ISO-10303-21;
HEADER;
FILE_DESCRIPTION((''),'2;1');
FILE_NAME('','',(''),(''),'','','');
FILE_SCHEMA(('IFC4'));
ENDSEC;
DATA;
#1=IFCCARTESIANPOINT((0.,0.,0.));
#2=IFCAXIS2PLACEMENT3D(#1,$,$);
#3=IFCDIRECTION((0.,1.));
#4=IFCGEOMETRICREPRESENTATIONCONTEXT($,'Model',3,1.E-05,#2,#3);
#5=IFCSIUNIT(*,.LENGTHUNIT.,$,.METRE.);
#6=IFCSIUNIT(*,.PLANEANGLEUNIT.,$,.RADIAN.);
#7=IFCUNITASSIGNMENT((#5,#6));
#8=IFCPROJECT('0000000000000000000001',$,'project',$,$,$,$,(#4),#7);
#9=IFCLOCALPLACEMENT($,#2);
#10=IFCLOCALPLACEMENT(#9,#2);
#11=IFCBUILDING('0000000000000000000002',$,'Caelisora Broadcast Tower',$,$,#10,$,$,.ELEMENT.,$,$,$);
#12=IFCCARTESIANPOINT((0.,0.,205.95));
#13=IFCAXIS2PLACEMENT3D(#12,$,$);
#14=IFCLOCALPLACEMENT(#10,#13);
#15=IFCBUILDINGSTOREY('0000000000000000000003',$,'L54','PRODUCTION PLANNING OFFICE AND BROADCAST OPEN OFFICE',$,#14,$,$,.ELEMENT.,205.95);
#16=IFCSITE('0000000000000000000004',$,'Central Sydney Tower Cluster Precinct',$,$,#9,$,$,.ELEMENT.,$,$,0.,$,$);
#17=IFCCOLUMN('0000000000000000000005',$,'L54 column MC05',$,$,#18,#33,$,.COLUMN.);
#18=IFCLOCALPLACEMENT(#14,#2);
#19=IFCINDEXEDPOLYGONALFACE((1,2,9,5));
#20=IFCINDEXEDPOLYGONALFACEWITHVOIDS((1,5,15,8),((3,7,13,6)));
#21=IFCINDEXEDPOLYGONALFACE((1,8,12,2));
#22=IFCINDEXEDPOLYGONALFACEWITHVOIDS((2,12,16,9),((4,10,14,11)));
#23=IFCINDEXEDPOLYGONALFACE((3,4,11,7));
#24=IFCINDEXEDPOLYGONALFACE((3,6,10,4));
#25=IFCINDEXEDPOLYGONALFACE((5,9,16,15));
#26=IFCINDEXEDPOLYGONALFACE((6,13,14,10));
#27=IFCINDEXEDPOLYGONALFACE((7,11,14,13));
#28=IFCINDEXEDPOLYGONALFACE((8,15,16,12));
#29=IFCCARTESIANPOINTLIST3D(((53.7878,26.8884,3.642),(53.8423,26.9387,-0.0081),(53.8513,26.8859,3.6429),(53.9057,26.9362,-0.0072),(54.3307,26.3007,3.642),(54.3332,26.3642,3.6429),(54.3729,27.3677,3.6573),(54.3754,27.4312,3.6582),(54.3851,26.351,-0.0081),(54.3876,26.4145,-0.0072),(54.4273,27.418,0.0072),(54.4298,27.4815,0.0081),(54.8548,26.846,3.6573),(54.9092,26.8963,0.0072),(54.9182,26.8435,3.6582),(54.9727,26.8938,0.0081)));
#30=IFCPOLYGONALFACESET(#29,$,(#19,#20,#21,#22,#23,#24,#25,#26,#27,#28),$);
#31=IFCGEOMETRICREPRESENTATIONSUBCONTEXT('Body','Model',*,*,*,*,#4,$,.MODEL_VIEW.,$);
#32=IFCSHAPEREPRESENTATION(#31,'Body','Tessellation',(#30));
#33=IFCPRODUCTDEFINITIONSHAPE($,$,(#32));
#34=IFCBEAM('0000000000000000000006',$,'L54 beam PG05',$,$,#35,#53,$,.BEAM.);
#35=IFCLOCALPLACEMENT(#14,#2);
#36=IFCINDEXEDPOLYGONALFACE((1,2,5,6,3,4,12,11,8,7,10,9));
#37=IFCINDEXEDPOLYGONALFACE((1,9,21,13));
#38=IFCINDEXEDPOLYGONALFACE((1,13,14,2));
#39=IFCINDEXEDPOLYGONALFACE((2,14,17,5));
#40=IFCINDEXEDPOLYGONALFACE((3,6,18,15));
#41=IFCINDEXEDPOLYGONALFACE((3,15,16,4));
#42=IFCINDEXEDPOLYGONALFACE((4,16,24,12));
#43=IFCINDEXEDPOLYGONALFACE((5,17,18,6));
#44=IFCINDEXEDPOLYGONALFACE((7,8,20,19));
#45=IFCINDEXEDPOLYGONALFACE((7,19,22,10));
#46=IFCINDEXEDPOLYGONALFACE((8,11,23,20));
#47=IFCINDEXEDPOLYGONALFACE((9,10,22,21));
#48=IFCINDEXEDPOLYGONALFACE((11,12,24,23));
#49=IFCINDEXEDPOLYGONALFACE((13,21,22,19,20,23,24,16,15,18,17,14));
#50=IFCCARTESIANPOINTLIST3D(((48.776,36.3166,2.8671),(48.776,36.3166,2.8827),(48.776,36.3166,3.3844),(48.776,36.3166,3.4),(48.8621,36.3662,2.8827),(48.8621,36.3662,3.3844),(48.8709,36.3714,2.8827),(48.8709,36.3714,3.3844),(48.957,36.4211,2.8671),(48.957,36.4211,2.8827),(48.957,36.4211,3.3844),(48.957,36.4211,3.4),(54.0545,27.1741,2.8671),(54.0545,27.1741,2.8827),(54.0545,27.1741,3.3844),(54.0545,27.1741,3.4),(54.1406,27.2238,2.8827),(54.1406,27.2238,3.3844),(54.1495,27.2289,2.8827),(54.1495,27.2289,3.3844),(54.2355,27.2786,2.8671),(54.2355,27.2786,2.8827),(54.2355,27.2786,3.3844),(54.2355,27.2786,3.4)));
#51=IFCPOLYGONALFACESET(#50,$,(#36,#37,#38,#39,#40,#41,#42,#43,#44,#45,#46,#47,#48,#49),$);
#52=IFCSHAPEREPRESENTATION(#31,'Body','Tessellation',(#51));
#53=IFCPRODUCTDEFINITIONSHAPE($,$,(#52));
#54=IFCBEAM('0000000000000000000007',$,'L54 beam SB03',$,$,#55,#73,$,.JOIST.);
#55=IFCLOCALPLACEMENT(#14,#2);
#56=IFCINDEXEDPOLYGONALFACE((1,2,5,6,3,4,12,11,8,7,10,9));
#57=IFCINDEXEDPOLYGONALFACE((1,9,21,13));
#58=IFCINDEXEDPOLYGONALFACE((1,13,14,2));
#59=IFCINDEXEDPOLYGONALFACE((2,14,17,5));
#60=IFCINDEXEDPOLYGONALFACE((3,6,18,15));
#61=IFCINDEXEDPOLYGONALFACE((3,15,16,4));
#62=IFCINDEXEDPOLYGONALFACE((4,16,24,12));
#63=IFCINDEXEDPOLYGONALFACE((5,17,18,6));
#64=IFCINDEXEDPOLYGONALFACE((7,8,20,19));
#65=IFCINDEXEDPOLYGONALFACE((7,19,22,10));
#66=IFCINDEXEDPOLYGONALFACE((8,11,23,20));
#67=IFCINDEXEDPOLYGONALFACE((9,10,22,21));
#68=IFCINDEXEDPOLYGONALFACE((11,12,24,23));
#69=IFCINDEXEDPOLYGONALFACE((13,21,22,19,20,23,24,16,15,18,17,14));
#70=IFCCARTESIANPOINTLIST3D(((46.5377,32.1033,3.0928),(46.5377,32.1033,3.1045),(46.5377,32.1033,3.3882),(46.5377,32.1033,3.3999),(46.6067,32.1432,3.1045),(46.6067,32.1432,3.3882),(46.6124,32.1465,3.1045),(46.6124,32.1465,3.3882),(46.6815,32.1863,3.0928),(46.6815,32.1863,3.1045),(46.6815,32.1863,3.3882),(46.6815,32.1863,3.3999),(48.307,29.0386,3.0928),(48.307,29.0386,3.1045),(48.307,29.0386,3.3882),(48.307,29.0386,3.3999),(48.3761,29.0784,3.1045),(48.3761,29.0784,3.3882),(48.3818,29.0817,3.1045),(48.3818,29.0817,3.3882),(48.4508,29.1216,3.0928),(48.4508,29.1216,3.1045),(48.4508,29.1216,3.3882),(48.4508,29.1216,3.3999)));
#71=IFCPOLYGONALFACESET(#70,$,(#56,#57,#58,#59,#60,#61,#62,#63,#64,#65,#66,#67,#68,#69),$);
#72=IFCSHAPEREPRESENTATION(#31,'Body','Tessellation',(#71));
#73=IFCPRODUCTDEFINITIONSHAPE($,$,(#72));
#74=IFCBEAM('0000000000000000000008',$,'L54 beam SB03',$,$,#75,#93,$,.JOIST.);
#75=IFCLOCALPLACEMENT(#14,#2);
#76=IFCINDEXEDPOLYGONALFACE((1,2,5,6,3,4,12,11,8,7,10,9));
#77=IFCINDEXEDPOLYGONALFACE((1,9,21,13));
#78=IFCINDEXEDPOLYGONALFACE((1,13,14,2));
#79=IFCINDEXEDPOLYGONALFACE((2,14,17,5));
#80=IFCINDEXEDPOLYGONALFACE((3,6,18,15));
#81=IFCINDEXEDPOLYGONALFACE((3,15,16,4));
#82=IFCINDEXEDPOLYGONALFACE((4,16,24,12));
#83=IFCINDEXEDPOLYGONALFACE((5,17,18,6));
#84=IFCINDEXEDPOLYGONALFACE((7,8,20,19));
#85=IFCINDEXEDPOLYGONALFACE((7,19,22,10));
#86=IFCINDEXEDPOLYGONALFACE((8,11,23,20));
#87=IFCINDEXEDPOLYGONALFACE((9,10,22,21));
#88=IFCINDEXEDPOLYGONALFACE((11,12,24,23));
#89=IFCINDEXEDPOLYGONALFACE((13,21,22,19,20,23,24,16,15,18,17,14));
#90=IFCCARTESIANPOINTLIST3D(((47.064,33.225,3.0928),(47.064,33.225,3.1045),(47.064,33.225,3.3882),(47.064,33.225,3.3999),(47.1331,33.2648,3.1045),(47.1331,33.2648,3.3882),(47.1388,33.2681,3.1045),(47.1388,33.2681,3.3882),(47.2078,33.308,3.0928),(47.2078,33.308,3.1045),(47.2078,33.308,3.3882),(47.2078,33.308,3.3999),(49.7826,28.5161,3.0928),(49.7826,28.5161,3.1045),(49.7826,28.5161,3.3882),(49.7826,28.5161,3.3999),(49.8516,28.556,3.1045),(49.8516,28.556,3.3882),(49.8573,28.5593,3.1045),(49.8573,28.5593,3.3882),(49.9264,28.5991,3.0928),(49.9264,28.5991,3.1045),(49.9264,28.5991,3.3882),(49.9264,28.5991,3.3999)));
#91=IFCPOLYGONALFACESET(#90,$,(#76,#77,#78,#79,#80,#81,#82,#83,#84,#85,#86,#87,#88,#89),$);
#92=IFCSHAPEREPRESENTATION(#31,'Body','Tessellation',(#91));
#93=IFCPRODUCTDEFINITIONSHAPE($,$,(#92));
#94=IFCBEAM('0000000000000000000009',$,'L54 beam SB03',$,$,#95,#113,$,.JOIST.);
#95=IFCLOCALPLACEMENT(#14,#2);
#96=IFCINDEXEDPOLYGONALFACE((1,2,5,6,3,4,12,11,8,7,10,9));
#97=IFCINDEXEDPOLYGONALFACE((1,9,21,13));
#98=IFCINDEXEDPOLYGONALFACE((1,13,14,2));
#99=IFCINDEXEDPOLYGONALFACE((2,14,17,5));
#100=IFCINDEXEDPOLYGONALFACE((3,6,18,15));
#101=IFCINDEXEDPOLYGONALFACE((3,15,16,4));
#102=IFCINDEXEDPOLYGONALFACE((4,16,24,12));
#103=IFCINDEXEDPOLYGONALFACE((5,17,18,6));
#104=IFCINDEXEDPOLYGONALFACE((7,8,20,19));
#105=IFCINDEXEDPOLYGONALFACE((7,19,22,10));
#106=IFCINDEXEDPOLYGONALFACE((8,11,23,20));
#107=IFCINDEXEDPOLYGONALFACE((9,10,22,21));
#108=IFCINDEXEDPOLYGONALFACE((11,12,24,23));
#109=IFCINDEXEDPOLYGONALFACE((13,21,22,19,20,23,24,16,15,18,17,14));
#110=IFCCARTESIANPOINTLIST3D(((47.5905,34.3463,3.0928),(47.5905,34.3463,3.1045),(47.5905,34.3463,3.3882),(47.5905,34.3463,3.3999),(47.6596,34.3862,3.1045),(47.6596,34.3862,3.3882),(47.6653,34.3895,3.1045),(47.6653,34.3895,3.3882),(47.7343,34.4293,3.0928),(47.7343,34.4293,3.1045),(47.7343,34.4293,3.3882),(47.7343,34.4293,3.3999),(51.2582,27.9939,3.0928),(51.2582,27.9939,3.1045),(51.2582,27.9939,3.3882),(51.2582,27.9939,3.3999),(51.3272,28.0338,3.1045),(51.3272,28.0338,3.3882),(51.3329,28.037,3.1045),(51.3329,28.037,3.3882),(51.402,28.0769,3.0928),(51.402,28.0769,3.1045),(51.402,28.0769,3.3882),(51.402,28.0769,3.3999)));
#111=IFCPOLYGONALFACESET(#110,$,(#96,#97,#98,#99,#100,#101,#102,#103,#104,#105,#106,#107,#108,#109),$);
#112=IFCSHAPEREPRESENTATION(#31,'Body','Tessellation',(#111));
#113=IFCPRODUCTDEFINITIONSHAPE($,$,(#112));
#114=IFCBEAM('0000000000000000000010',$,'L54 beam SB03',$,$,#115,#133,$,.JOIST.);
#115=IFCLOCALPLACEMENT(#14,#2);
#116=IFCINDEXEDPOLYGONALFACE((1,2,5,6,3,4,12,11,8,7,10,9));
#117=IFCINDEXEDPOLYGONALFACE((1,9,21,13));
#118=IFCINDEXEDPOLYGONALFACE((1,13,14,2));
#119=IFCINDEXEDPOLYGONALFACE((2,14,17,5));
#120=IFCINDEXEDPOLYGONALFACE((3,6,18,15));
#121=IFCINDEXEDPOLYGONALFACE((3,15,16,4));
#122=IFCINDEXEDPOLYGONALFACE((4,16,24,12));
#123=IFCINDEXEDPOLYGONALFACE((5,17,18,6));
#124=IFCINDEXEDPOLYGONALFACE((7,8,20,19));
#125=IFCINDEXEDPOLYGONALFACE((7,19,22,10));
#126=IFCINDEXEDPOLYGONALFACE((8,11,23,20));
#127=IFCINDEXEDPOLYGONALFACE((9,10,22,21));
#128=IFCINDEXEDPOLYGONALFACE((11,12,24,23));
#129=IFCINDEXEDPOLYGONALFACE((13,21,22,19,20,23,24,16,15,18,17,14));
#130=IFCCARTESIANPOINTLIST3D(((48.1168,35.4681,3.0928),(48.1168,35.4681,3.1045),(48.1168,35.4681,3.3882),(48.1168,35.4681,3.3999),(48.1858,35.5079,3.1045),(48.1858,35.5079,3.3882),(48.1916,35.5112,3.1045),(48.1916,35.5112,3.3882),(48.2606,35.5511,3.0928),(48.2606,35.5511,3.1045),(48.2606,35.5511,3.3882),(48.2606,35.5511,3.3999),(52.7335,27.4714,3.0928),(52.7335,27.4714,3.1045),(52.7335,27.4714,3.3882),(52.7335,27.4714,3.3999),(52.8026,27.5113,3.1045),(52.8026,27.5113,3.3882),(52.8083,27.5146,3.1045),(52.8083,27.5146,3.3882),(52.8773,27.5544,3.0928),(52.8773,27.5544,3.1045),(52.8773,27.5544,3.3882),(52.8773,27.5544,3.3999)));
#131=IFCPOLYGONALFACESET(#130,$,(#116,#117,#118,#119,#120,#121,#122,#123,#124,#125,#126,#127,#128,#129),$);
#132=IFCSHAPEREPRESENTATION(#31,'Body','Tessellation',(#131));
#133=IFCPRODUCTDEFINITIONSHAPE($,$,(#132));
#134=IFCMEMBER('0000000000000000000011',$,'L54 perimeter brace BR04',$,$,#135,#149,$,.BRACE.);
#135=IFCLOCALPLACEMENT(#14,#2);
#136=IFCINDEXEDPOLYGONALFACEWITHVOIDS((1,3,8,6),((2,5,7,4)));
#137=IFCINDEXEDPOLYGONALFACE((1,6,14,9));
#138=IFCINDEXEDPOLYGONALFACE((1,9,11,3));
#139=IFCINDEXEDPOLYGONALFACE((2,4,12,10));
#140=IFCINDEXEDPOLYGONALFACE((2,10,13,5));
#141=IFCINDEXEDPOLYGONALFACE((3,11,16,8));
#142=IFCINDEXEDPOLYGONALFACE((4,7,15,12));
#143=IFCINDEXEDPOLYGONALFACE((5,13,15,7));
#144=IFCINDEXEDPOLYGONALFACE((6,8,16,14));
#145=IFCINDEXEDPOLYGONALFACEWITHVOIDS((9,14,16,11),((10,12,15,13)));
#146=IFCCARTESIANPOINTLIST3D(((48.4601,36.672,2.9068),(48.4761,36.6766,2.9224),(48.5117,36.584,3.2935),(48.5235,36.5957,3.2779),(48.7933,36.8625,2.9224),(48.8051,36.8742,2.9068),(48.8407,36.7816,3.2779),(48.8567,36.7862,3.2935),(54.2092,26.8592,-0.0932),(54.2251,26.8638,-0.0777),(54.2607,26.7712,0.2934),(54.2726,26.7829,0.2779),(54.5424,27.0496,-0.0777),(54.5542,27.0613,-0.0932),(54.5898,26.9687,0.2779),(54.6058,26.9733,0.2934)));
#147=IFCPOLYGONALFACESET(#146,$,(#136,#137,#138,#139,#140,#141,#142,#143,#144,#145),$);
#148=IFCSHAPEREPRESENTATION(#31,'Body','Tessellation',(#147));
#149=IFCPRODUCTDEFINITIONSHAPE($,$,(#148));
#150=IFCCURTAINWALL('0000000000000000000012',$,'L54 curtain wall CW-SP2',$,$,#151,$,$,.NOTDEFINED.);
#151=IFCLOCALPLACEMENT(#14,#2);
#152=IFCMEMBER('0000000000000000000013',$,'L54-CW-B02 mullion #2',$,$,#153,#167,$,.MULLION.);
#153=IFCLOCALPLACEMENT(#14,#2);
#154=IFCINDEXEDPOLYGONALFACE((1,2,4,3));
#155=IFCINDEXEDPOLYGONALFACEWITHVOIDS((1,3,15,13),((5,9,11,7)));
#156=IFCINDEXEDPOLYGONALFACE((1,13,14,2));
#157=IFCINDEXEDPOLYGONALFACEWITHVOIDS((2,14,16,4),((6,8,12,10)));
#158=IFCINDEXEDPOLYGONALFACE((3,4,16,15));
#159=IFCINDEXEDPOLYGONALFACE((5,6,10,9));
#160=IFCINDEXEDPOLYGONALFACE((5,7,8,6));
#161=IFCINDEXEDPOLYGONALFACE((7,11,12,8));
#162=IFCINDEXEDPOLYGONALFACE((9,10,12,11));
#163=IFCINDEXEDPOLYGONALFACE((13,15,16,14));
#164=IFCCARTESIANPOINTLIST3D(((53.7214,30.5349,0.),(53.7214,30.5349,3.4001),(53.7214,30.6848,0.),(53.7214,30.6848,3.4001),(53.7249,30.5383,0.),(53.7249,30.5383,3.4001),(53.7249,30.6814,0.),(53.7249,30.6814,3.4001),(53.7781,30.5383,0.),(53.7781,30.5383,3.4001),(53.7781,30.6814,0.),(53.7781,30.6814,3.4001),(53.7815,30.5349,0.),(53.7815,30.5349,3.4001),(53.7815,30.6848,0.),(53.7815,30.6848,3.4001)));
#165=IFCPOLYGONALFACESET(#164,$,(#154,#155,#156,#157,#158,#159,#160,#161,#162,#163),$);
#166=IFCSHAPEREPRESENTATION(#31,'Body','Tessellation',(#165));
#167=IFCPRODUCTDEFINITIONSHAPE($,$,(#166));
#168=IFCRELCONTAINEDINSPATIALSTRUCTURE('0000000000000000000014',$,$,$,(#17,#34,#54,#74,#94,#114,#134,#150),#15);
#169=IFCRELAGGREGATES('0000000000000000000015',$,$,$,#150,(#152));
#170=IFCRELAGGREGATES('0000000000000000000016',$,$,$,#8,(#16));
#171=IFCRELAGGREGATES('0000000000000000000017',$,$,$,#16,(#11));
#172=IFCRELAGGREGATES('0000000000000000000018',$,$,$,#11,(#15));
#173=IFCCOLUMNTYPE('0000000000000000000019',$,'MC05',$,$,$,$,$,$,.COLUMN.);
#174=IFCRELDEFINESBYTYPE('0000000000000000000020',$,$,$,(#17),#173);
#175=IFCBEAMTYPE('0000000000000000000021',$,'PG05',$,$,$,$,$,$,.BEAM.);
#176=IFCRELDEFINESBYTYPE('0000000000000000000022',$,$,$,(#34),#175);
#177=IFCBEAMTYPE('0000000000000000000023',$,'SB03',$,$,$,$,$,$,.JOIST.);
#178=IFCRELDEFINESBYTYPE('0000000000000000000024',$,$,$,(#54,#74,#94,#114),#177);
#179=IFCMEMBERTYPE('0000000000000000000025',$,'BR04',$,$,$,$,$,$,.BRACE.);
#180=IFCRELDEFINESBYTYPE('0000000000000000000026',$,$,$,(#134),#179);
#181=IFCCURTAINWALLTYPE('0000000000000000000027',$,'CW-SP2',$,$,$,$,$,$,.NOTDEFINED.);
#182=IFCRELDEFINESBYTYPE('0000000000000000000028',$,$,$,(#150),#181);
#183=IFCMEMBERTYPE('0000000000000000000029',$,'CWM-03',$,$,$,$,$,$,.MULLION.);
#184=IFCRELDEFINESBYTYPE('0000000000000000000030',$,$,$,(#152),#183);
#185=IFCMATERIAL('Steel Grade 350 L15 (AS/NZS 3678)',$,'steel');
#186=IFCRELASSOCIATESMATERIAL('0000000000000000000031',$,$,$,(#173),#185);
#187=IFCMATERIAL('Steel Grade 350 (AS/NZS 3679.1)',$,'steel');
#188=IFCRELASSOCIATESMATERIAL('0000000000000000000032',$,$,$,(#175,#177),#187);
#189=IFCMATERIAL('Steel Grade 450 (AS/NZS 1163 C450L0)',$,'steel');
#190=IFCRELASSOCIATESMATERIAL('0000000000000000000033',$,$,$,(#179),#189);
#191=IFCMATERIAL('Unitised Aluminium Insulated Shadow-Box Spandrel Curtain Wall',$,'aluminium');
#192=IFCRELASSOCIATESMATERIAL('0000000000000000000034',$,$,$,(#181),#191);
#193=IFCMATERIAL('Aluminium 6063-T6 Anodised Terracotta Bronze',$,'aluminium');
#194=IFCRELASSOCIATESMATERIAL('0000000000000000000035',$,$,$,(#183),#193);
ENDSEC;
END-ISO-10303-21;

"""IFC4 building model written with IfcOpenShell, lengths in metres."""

from ifc_helpers import new_model, si_unit, direction, frame, origin, origin_2d, place, context, subcontext, project, spatial, hollow_rectangle, i_section, extrude, source, transform, mapped, material, material_profile, profile_set, type_object, type_shapes, element, aggregate, save


model = new_model("IFC4")

# Units and contexts
model_context = context("Model", 3, precision=1e-05, world=origin(), true_north=direction((0.0, 1.0)))
body_context = subcontext(model_context, "Body", "Model", "MODEL_VIEW")
ifc_project = project(units=[si_unit("LENGTHUNIT", "METRE"), si_unit("PLANEANGLEUNIT", "RADIAN")], contexts=[model_context])

# Site, building, storey
site_placement = place(None, origin())
site = spatial("IfcSite", under=ifc_project, at=site_placement, Name="Central Sydney Tower Cluster Precinct", CompositionType="ELEMENT", RefElevation=0.0)
building_placement = place(site_placement, origin())
building = spatial("IfcBuilding", under=site, at=building_placement, Name="Caelisora Broadcast Tower", CompositionType="ELEMENT")
storey_placement = place(building_placement, frame((0.0, 0.0, 205.95)))
storey = spatial("IfcBuildingStorey", under=building, at=storey_placement, Name="L54", Description="PRODUCTION PLANNING OFFICE AND BROADCAST OPEN OFFICE", CompositionType="ELEMENT", Elevation=205.95)

# Column
ifc_material_1 = material(Name="Steel Grade 350 L15 (AS/NZS 3678)", Category="steel")
ifc_material_profile_1 = material_profile(ifc_material_1, hollow_rectangle(XDim=0.8, YDim=0.8, WallThickness=0.0449, at=origin_2d()), Name="Steel Grade 350 L15 (AS/NZS 3678)")
ifc_profile_set_1 = profile_set([ifc_material_profile_1], Name="Steel Grade 350 L15 (AS/NZS 3678)")
column_type = type_object("IfcColumnType", Name="MC05", PredefinedType="COLUMN", material=ifc_profile_set_1)
shared_shape_1 = source(origin(), body_context, "Body", "SweptSolid", [
    extrude(hollow_rectangle(XDim=0.8, YDim=0.8, WallThickness=0.0449, at=origin_2d()), origin(), (0.0, 0.0, 1.0), 3.6509),
])
type_shapes(column_type, [shared_shape_1])
column_placement = place(storey_placement, frame((54.4075, 26.9163, 0.0), z_axis=(-0.014912, -0.013776, 0.999794), x_axis=(0.678554, -0.734551, 0.0)))
element("IfcColumn", 1, at=column_placement, inside=storey, type_object=column_type, Name="L54 column MC05", PredefinedType="COLUMN", context=body_context, shape_type="MappedRepresentation", body=[
    mapped(shared_shape_1, transform((0.0, 0.0, 0.0), scale=1.0)),
])

# Beams
ifc_material_2 = material(Name="Steel Grade 350 (AS/NZS 3679.1)", Category="steel")
ifc_material_profile_2 = material_profile(ifc_material_2, i_section(OverallWidth=0.209, OverallDepth=0.533, WebThickness=0.0103, FlangeThickness=0.0156, at=origin_2d()), Name="Steel Grade 350 (AS/NZS 3679.1)")
ifc_profile_set_2 = profile_set([ifc_material_profile_2], Name="Steel Grade 350 (AS/NZS 3679.1)")
beam_type_1 = type_object("IfcBeamType", Name="PG05", PredefinedType="BEAM", material=ifc_profile_set_2)
shared_shape_2 = source(origin(), body_context, "Body", "SweptSolid", [
    extrude(i_section(OverallWidth=0.209, OverallDepth=0.533, WebThickness=0.0103, FlangeThickness=0.0156, at=origin_2d()), origin(), (0.0, 0.0, 1.0), 10.5569),
])
type_shapes(beam_type_1, [shared_shape_2])
beam_1_placement = place(storey_placement, frame((54.145, 27.2263, 3.1335), z_axis=(-0.500007, 0.866022, 0.0), x_axis=(-0.866022, -0.500007, 0.0)))
element("IfcBeam", 2, at=beam_1_placement, inside=storey, type_object=beam_type_1, Name="L54 beam PG05", PredefinedType="BEAM", context=body_context, shape_type="MappedRepresentation", body=[
    mapped(shared_shape_2, transform((0.0, 0.0, 0.0), scale=1.0)),
])
ifc_material_profile_3 = material_profile(ifc_material_2, i_section(OverallWidth=0.166, OverallDepth=0.3071, WebThickness=0.0066, FlangeThickness=0.0117, at=origin_2d()), Name="Steel Grade 350 (AS/NZS 3679.1)")
ifc_profile_set_3 = profile_set([ifc_material_profile_3], Name="Steel Grade 350 (AS/NZS 3679.1)")
beam_type_2 = type_object("IfcBeamType", Name="SB03", PredefinedType="JOIST", material=ifc_profile_set_3)
shared_shape_3 = source(origin(), body_context, "Body", "SweptSolid", [
    extrude(i_section(OverallWidth=0.166, OverallDepth=0.3071, WebThickness=0.0066, FlangeThickness=0.0117, at=origin_2d()), origin(), (0.0, 0.0, 1.0), 3.5388),
])
beam_2_placement = place(storey_placement, frame((48.3789, 29.0801, 3.2463), z_axis=(-0.499975, 0.86604, 0.0), x_axis=(-0.86604, -0.499975, 0.0)))
element("IfcBeam", 3, at=beam_2_placement, inside=storey, type_object=beam_type_2, Name="L54 beam SB03", PredefinedType="JOIST", context=body_context, shape_type="MappedRepresentation", body=[
    mapped(shared_shape_3, transform((0.0, 0.0, 0.0), scale=1.0)),
])
shared_shape_4 = source(origin(), body_context, "Body", "SweptSolid", [
    extrude(i_section(OverallWidth=0.166, OverallDepth=0.3071, WebThickness=0.0066, FlangeThickness=0.0117, at=origin_2d()), origin(), (0.0, 0.0, 1.0), 5.4373),
])
beam_3_placement = place(storey_placement, frame((49.8545, 28.5576, 3.2463), z_axis=(-0.499988, 0.866032, 0.0), x_axis=(-0.866032, -0.499988, 0.0)))
element("IfcBeam", 4, at=beam_3_placement, inside=storey, type_object=beam_type_2, Name="L54 beam SB03", PredefinedType="JOIST", context=body_context, shape_type="MappedRepresentation", body=[
    mapped(shared_shape_4, transform((0.0, 0.0, 0.0), scale=1.0)),
])
shared_shape_5 = source(origin(), body_context, "Body", "SweptSolid", [
    extrude(i_section(OverallWidth=0.166, OverallDepth=0.3071, WebThickness=0.0066, FlangeThickness=0.0117, at=origin_2d()), origin(), (0.0, 0.0, 1.0), 7.3352),
])
beam_4_placement = place(storey_placement, frame((51.3301, 28.0354, 3.2463), z_axis=(-0.500009, 0.86602, 0.0), x_axis=(-0.86602, -0.500009, 0.0)))
element("IfcBeam", 5, at=beam_4_placement, inside=storey, type_object=beam_type_2, Name="L54 beam SB03", PredefinedType="JOIST", context=body_context, shape_type="MappedRepresentation", body=[
    mapped(shared_shape_5, transform((0.0, 0.0, 0.0), scale=1.0)),
])
shared_shape_6 = source(origin(), body_context, "Body", "SweptSolid", [
    extrude(i_section(OverallWidth=0.166, OverallDepth=0.3071, WebThickness=0.0066, FlangeThickness=0.0117, at=origin_2d()), origin(), (0.0, 0.0, 1.0), 9.2336),
])
type_shapes(beam_type_2, [shared_shape_3, shared_shape_4, shared_shape_5, shared_shape_6])
beam_5_placement = place(storey_placement, frame((52.8054, 27.5129, 3.2463), z_axis=(-0.499989, 0.866031, 0.0), x_axis=(-0.866031, -0.499989, 0.0)))
element("IfcBeam", 6, at=beam_5_placement, inside=storey, type_object=beam_type_2, Name="L54 beam SB03", PredefinedType="JOIST", context=body_context, shape_type="MappedRepresentation", body=[
    mapped(shared_shape_6, transform((0.0, 0.0, 0.0), scale=1.0)),
])

# Member
ifc_material_3 = material(Name="Steel Grade 450 (AS/NZS 1163 C450L0)", Category="steel")
ifc_material_profile_4 = material_profile(ifc_material_3, hollow_rectangle(XDim=0.3999, YDim=0.3999, WallThickness=0.0161, at=origin_2d()), Name="Steel Grade 450 (AS/NZS 1163 C450L0)")
ifc_profile_set_4 = profile_set([ifc_material_profile_4], Name="Steel Grade 450 (AS/NZS 1163 C450L0)")
member_type_1 = type_object("IfcMemberType", Name="BR04", PredefinedType="BRACE", material=ifc_profile_set_4)
shared_shape_7 = source(origin(), body_context, "Body", "SweptSolid", [
    extrude(hollow_rectangle(XDim=0.3999, YDim=0.3999, WallThickness=0.0161, at=origin_2d()), origin(), (0.0, 0.0, 1.0), 11.762),
])
type_shapes(member_type_1, [shared_shape_7])
member_1_placement = place(storey_placement, frame((54.4075, 26.9163, 0.1001), z_axis=(-0.488785, 0.834285, 0.255062), x_axis=(-0.862824, -0.505505, 0.0)))
element("IfcMember", 7, at=member_1_placement, inside=storey, type_object=member_type_1, Name="L54 perimeter brace BR04", PredefinedType="BRACE", context=body_context, shape_type="MappedRepresentation", body=[
    mapped(shared_shape_7, transform((0.0, 0.0, 0.0), scale=1.0)),
])

# Curtain wall, member
ifc_material_4 = material(Name="Unitised Aluminium Insulated Shadow-Box Spandrel Curtain Wall", Category="aluminium")
curtain_wall_type_1 = type_object("IfcCurtainWallType", Name="CW-SP2", PredefinedType="NOTDEFINED", material=ifc_material_4)
curtain_wall_1_placement = place(storey_placement, origin())
curtain_wall_1 = element("IfcCurtainWall", 8, at=curtain_wall_1_placement, inside=storey, type_object=curtain_wall_type_1, Name="L54 curtain wall CW-SP2", PredefinedType="NOTDEFINED")
ifc_material_5 = material(Name="Aluminium 6063-T6 Anodised Terracotta Bronze", Category="aluminium")
ifc_material_profile_5 = material_profile(ifc_material_5, hollow_rectangle(XDim=0.0601, YDim=0.1499, WallThickness=0.0034, at=origin_2d()), Name="Aluminium 6063-T6 Anodised Terracotta Bronze")
ifc_profile_set_5 = profile_set([ifc_material_profile_5], Name="Aluminium 6063-T6 Anodised Terracotta Bronze")
member_type_2 = type_object("IfcMemberType", Name="CWM-03", PredefinedType="MULLION", material=ifc_profile_set_5)
shared_shape_8 = source(origin(), body_context, "Body", "SweptSolid", [
    extrude(hollow_rectangle(XDim=0.0601, YDim=0.1499, WallThickness=0.0034, at=origin_2d()), origin(), (0.0, 0.0, 1.0), 3.4001),
])
type_shapes(member_type_2, [shared_shape_8])
member_2_placement = place(storey_placement, frame((53.7515, 30.6099, 0.0), z_axis=(0.0, 0.0, 1.0), x_axis=(1.0, 0.0, 0.0)))
member_2 = element("IfcMember", 9, at=member_2_placement, type_object=member_type_2, Name="L54-CW-B02 mullion #2", PredefinedType="MULLION", context=body_context, shape_type="MappedRepresentation", body=[
    mapped(shared_shape_8, transform((0.0, 0.0, 0.0), scale=1.0)),
])

aggregate(curtain_wall_1, [member_2])

save(model, "model.ifc")
